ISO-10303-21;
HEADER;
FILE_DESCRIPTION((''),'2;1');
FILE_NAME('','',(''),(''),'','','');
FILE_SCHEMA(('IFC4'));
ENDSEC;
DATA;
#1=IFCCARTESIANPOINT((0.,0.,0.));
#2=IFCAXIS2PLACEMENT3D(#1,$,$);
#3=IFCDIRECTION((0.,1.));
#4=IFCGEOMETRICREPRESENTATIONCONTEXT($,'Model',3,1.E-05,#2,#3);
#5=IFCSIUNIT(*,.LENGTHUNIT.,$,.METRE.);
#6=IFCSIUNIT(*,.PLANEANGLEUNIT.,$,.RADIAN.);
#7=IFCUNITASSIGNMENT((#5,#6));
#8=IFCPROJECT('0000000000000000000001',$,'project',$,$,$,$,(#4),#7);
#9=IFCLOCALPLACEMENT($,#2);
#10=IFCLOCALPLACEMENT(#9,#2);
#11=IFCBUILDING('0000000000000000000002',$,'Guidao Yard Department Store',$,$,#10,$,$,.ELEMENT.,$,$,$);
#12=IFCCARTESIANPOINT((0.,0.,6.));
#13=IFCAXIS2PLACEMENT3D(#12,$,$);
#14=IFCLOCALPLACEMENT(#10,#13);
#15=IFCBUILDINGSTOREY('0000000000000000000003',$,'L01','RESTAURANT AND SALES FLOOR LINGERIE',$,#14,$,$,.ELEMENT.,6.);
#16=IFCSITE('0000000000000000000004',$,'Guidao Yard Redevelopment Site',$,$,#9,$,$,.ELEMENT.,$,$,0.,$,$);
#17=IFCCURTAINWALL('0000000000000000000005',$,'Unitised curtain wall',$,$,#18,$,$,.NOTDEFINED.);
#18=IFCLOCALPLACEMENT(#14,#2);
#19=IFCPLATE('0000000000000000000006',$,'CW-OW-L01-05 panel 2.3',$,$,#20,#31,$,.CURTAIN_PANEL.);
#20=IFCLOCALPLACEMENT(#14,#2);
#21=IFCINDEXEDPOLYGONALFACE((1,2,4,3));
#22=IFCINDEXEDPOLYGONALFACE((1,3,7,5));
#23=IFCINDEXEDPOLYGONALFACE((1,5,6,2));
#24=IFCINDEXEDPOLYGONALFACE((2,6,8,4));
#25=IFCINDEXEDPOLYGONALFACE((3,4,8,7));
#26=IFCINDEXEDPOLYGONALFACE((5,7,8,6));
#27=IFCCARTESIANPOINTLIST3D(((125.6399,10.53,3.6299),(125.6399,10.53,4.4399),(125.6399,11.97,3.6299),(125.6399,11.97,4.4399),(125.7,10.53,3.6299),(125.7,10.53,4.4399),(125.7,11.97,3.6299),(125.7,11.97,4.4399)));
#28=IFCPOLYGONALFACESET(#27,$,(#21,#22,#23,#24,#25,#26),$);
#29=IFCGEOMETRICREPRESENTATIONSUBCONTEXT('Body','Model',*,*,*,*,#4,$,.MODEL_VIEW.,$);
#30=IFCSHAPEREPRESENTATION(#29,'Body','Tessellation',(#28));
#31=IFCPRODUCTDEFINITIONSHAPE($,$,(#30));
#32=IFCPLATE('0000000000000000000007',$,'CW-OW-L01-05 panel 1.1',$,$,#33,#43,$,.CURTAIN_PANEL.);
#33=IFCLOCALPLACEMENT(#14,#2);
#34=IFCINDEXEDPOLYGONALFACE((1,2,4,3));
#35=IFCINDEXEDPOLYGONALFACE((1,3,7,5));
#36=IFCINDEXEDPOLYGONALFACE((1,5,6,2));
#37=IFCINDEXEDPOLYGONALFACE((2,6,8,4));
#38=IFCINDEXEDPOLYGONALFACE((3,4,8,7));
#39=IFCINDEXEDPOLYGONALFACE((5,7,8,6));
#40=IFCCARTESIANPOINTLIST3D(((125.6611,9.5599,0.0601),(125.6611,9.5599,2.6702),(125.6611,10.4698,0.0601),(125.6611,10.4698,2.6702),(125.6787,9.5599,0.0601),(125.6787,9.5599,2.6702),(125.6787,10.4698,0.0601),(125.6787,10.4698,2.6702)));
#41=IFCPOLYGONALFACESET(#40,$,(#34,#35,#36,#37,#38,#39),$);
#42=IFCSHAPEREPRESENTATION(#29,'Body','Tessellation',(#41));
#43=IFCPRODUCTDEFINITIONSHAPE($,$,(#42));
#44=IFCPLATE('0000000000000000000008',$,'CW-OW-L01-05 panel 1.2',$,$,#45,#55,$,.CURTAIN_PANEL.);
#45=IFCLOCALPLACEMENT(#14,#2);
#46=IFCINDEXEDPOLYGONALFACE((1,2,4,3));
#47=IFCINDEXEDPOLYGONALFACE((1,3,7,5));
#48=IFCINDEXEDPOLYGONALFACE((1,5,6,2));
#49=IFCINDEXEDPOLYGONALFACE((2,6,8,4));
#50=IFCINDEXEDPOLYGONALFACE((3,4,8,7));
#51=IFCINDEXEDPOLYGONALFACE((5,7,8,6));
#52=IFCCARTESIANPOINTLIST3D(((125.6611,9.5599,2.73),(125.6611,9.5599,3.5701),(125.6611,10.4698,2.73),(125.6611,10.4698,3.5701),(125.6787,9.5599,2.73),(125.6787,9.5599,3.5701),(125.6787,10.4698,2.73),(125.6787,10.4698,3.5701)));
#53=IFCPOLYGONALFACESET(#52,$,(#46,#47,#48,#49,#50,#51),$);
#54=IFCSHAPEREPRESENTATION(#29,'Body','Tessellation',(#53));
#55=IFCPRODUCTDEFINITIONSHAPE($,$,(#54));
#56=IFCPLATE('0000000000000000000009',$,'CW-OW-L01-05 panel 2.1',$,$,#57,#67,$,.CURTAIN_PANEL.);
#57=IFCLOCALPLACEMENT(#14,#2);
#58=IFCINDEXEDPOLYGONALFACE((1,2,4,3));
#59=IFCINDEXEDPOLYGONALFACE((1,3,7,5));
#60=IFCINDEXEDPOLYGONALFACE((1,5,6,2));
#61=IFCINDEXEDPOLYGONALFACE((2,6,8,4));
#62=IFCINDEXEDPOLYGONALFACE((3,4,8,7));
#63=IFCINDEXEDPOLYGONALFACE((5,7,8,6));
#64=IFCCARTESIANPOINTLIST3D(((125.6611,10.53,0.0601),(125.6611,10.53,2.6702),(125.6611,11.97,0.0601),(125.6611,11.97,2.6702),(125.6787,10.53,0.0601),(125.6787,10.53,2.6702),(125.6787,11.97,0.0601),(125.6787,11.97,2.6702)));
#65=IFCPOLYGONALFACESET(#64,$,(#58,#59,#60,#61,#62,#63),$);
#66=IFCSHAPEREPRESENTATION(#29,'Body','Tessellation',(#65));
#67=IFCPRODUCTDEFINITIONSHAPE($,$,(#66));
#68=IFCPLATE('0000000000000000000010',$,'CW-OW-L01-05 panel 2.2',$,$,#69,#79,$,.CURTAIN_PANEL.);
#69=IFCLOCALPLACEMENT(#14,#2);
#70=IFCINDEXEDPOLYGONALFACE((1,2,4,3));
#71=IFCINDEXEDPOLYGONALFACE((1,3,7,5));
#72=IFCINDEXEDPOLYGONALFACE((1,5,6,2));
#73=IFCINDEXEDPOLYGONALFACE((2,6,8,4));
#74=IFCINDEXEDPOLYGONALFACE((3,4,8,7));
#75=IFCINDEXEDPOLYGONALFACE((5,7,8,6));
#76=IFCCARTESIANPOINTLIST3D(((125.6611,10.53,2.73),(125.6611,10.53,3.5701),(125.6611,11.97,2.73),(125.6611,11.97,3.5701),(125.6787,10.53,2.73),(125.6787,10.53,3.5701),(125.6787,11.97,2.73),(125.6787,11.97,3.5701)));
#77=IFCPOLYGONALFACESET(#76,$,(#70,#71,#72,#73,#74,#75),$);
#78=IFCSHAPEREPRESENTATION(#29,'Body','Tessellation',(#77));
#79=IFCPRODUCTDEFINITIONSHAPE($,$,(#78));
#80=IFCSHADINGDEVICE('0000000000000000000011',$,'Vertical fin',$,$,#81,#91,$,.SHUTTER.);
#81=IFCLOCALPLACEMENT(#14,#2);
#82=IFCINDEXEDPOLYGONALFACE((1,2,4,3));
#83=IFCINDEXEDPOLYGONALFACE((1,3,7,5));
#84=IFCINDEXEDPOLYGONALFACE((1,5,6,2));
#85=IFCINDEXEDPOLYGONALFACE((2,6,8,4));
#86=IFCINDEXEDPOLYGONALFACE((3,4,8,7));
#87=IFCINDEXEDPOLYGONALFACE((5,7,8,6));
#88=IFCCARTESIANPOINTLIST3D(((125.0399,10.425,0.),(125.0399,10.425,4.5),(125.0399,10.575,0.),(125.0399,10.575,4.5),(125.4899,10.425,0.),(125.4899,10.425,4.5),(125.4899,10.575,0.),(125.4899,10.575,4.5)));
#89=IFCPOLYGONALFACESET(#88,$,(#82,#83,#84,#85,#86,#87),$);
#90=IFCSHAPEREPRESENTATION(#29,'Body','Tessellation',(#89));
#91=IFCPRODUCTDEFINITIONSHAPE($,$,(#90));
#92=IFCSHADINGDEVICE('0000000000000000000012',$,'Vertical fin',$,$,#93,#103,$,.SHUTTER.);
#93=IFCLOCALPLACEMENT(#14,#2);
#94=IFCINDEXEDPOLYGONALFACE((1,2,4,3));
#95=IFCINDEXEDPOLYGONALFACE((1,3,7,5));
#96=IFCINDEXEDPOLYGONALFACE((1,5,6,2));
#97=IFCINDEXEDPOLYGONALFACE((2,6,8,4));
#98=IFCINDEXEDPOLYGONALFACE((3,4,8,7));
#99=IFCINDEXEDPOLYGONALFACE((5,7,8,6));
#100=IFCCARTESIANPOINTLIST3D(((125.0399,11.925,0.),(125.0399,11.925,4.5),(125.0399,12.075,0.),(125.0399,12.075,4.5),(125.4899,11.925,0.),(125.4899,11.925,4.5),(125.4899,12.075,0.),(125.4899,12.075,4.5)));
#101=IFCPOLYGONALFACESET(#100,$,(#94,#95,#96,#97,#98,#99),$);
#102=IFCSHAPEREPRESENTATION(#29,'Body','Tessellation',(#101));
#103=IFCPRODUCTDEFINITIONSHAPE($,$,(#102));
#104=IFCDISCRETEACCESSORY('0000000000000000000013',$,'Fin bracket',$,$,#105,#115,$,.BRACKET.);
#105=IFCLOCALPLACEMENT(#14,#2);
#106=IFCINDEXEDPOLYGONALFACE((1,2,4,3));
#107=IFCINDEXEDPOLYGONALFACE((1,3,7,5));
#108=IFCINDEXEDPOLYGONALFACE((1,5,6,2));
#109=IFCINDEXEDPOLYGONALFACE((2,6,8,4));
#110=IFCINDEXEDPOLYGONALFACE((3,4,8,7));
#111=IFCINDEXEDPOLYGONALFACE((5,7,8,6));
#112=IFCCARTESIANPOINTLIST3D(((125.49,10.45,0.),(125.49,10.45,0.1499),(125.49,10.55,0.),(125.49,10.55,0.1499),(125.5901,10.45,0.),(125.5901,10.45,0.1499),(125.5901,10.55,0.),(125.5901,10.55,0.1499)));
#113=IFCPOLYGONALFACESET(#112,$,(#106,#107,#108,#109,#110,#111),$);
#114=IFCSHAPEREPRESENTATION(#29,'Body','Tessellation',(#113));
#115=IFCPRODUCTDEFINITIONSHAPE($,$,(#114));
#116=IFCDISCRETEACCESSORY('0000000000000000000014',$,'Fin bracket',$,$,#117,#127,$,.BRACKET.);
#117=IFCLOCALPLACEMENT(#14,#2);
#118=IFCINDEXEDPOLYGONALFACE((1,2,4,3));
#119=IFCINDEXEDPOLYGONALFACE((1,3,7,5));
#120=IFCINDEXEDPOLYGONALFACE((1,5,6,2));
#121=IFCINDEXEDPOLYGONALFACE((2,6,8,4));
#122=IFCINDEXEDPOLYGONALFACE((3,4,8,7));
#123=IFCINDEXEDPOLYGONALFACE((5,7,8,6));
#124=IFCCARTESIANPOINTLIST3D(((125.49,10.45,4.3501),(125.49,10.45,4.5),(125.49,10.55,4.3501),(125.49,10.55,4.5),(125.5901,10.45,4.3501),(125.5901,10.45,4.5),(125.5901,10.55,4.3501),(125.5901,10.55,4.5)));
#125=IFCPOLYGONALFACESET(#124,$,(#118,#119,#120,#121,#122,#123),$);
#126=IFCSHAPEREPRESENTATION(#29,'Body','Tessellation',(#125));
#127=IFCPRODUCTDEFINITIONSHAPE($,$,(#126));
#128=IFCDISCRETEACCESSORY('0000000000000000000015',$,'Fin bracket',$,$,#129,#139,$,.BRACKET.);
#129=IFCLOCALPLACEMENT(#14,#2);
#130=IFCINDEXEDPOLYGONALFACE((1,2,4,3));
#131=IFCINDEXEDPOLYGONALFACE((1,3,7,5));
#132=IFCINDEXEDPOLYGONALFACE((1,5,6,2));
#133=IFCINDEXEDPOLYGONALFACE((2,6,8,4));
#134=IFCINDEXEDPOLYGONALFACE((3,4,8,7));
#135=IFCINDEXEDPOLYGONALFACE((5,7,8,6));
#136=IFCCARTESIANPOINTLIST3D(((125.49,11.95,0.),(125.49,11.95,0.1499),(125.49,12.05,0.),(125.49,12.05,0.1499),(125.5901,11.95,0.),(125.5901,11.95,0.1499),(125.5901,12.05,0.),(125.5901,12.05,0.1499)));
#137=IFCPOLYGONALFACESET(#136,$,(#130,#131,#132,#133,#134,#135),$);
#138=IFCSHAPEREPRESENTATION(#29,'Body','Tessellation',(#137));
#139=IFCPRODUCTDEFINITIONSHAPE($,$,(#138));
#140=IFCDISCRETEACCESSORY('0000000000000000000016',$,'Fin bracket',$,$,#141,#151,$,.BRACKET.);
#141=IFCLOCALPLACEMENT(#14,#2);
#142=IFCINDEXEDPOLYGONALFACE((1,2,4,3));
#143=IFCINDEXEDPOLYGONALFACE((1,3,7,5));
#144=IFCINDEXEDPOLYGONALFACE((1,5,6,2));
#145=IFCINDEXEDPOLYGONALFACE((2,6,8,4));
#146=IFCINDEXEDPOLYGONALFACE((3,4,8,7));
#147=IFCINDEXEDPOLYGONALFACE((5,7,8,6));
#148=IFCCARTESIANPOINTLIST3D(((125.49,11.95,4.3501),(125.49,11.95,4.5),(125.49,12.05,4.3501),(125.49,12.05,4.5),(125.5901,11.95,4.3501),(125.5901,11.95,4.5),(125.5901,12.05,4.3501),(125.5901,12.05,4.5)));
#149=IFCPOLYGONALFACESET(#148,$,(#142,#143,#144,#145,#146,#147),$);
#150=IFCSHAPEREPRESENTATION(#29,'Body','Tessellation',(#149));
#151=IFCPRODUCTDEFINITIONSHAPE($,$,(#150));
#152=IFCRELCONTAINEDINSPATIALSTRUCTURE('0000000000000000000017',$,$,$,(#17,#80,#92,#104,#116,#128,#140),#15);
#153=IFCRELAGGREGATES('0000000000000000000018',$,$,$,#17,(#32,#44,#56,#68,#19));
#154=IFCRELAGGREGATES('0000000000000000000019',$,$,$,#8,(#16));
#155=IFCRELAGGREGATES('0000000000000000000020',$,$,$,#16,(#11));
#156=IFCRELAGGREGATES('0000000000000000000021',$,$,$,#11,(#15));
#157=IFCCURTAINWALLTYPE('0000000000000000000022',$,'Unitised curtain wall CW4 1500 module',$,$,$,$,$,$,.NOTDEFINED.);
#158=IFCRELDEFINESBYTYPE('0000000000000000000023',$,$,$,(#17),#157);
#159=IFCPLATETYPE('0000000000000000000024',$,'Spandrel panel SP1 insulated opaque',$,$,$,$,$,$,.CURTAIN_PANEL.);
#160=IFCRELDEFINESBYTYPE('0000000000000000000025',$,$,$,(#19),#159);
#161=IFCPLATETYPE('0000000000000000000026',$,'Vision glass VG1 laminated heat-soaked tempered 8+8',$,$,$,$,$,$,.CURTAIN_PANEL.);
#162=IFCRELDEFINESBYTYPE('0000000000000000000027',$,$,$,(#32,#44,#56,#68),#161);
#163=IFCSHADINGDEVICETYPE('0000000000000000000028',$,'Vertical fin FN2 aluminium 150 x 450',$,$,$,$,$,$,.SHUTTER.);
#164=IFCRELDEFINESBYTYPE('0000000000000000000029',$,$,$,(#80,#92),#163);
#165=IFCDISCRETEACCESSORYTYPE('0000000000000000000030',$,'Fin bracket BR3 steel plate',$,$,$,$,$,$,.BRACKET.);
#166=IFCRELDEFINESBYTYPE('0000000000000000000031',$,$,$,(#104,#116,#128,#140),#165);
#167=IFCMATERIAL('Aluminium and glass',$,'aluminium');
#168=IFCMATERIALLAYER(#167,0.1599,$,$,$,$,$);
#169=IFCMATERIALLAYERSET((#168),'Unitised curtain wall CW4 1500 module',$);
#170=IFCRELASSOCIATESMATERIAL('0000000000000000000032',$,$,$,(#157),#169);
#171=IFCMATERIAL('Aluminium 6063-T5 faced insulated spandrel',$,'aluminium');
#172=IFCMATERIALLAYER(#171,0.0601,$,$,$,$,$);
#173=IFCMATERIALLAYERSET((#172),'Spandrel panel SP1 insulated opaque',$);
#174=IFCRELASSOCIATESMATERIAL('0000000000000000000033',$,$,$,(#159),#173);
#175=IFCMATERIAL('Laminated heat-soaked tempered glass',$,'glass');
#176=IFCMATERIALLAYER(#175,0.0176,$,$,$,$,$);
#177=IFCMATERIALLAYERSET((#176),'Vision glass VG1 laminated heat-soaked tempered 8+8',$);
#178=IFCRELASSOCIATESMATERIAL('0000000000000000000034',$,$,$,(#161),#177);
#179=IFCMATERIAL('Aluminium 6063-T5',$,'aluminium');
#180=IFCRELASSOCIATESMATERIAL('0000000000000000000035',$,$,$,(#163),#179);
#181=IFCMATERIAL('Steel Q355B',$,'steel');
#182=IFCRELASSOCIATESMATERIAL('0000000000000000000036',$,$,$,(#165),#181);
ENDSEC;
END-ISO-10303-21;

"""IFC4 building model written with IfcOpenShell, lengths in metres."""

from ifc_helpers import new_model, si_unit, direction, frame, origin, origin_2d, place, context, subcontext, project, spatial, rectangle, extrude, material, layer, layer_set, type_object, element, aggregate, save


model = new_model("IFC4")

# Units and contexts
model_context = context("Model", 3, precision=1e-05, world=origin(), true_north=direction((0.0, 1.0)))
body_context = subcontext(model_context, "Body", "Model", "MODEL_VIEW")
ifc_project = project(units=[si_unit("LENGTHUNIT", "METRE"), si_unit("PLANEANGLEUNIT", "RADIAN")], contexts=[model_context])

# Site, building, storey
site_placement = place(None, origin())
site = spatial("IfcSite", under=ifc_project, at=site_placement, Name="Guidao Yard Redevelopment Site", CompositionType="ELEMENT", RefElevation=0.0)
building_placement = place(site_placement, origin())
building = spatial("IfcBuilding", under=site, at=building_placement, Name="Guidao Yard Department Store", CompositionType="ELEMENT")
storey_placement = place(building_placement, frame((0.0, 0.0, 6.0)))
storey = spatial("IfcBuildingStorey", under=building, at=storey_placement, Name="L01", Description="RESTAURANT AND SALES FLOOR LINGERIE", CompositionType="ELEMENT", Elevation=6.0)

# Curtain wall, plates
ifc_material_1 = material(Name="Aluminium and glass", Category="aluminium")
ifc_layer_1 = layer(ifc_material_1, 0.1599)
ifc_layer_set_1 = layer_set([ifc_layer_1], Name="Unitised curtain wall CW4 1500 module")
curtain_wall_type = type_object("IfcCurtainWallType", Name="Unitised curtain wall CW4 1500 module", PredefinedType="NOTDEFINED", material=ifc_layer_set_1)
curtain_wall_placement = place(storey_placement, origin())
curtain_wall = element("IfcCurtainWall", 1, at=curtain_wall_placement, inside=storey, type_object=curtain_wall_type, Name="Unitised curtain wall", PredefinedType="NOTDEFINED")
ifc_material_2 = material(Name="Aluminium 6063-T5 faced insulated spandrel", Category="aluminium")
ifc_layer_2 = layer(ifc_material_2, 0.0601)
ifc_layer_set_2 = layer_set([ifc_layer_2], Name="Spandrel panel SP1 insulated opaque")
plate_type_1 = type_object("IfcPlateType", Name="Spandrel panel SP1 insulated opaque", PredefinedType="CURTAIN_PANEL", material=ifc_layer_set_2)
plate_1_placement = place(storey_placement, frame((125.6699, 11.25, 3.6299), z_axis=(0.0, 0.0, 1.0), x_axis=(0.0, 1.0, 0.0)))
plate_1 = element("IfcPlate", 2, at=plate_1_placement, type_object=plate_type_1, Name="CW-OW-L01-05 panel 2.3", PredefinedType="CURTAIN_PANEL", context=body_context, shape_type="SweptSolid", body=[
    extrude(rectangle(XDim=1.4399, YDim=0.0601, at=origin_2d()), origin(), (0.0, 0.0, 1.0), 0.8101),
])
ifc_material_3 = material(Name="Laminated heat-soaked tempered glass", Category="glass")
ifc_layer_3 = layer(ifc_material_3, 0.0176)
ifc_layer_set_3 = layer_set([ifc_layer_3], Name="Vision glass VG1 laminated heat-soaked tempered 8+8")
plate_type_2 = type_object("IfcPlateType", Name="Vision glass VG1 laminated heat-soaked tempered 8+8", PredefinedType="CURTAIN_PANEL", material=ifc_layer_set_3)
plate_2_placement = place(storey_placement, frame((125.6699, 10.0149, 0.0601), z_axis=(0.0, 0.0, 1.0), x_axis=(0.0, 1.0, 0.0)))
plate_2 = element("IfcPlate", 3, at=plate_2_placement, type_object=plate_type_2, Name="CW-OW-L01-05 panel 1.1", PredefinedType="CURTAIN_PANEL", context=body_context, shape_type="SweptSolid", body=[
    extrude(rectangle(XDim=0.9099, YDim=0.0176, at=origin_2d()), origin(), (0.0, 0.0, 1.0), 2.6101),
])
plate_3_placement = place(storey_placement, frame((125.6699, 10.0149, 2.73), z_axis=(0.0, 0.0, 1.0), x_axis=(0.0, 1.0, 0.0)))
plate_3 = element("IfcPlate", 4, at=plate_3_placement, type_object=plate_type_2, Name="CW-OW-L01-05 panel 1.2", PredefinedType="CURTAIN_PANEL", context=body_context, shape_type="SweptSolid", body=[
    extrude(rectangle(XDim=0.9099, YDim=0.0176, at=origin_2d()), origin(), (0.0, 0.0, 1.0), 0.8401),
])
plate_4_placement = place(storey_placement, frame((125.6699, 11.25, 0.0601), z_axis=(0.0, 0.0, 1.0), x_axis=(0.0, 1.0, 0.0)))
plate_4 = element("IfcPlate", 5, at=plate_4_placement, type_object=plate_type_2, Name="CW-OW-L01-05 panel 2.1", PredefinedType="CURTAIN_PANEL", context=body_context, shape_type="SweptSolid", body=[
    extrude(rectangle(XDim=1.4399, YDim=0.0176, at=origin_2d()), origin(), (0.0, 0.0, 1.0), 2.6101),
])
plate_5_placement = place(storey_placement, frame((125.6699, 11.25, 2.73), z_axis=(0.0, 0.0, 1.0), x_axis=(0.0, 1.0, 0.0)))
plate_5 = element("IfcPlate", 6, at=plate_5_placement, type_object=plate_type_2, Name="CW-OW-L01-05 panel 2.2", PredefinedType="CURTAIN_PANEL", context=body_context, shape_type="SweptSolid", body=[
    extrude(rectangle(XDim=1.4399, YDim=0.0176, at=origin_2d()), origin(), (0.0, 0.0, 1.0), 0.8401),
])
aggregate(curtain_wall, [plate_2, plate_3, plate_4, plate_5, plate_1])

# Shading devices
ifc_material_4 = material(Name="Aluminium 6063-T5", Category="aluminium")
shading_device_type = type_object("IfcShadingDeviceType", Name="Vertical fin FN2 aluminium 150 x 450", PredefinedType="SHUTTER", material=ifc_material_4)
for number, where, z_axis, x_axis, name in (
    (7, (125.2649, 10.5, 0.0), (0.0, 0.0, 1.0), (0.0, 1.0, 0.0), "Vertical fin"),
    (8, (125.2649, 12.0, 0.0), (0.0, 0.0, 1.0), (0.0, 1.0, 0.0), "Vertical fin"),
):
    element("IfcShadingDevice", number, at=place(storey_placement, frame(where, z_axis=z_axis, x_axis=x_axis)), inside=storey, type_object=shading_device_type, Name=name, PredefinedType="SHUTTER", context=body_context, shape_type="SweptSolid", body=[
        extrude(rectangle(XDim=0.1499, YDim=0.45, at=origin_2d()), origin(), (0.0, 0.0, 1.0), 4.5),
    ])

# Discrete accessories
ifc_material_5 = material(Name="Steel Q355B", Category="steel")
discrete_accessory_type = type_object("IfcDiscreteAccessoryType", Name="Fin bracket BR3 steel plate", PredefinedType="BRACKET", material=ifc_material_5)
for number, where, z_axis, x_axis, name in (
    (9, (125.54, 10.5, 0.0), (0.0, 0.0, 1.0), (0.0, 1.0, 0.0), "Fin bracket"),
    (10, (125.54, 10.5, 4.3501), (0.0, 0.0, 1.0), (0.0, 1.0, 0.0), "Fin bracket"),
    (11, (125.54, 12.0, 0.0), (0.0, 0.0, 1.0), (0.0, 1.0, 0.0), "Fin bracket"),
    (12, (125.54, 12.0, 4.3501), (0.0, 0.0, 1.0), (0.0, 1.0, 0.0), "Fin bracket"),
):
    element("IfcDiscreteAccessory", number, at=place(storey_placement, frame(where, z_axis=z_axis, x_axis=x_axis)), inside=storey, type_object=discrete_accessory_type, Name=name, PredefinedType="BRACKET", context=body_context, shape_type="SweptSolid", body=[
        extrude(rectangle(XDim=0.1001, YDim=0.1001, at=origin_2d()), origin(), (0.0, 0.0, 1.0), 0.1499),
    ])

save(model, "model.ifc")
